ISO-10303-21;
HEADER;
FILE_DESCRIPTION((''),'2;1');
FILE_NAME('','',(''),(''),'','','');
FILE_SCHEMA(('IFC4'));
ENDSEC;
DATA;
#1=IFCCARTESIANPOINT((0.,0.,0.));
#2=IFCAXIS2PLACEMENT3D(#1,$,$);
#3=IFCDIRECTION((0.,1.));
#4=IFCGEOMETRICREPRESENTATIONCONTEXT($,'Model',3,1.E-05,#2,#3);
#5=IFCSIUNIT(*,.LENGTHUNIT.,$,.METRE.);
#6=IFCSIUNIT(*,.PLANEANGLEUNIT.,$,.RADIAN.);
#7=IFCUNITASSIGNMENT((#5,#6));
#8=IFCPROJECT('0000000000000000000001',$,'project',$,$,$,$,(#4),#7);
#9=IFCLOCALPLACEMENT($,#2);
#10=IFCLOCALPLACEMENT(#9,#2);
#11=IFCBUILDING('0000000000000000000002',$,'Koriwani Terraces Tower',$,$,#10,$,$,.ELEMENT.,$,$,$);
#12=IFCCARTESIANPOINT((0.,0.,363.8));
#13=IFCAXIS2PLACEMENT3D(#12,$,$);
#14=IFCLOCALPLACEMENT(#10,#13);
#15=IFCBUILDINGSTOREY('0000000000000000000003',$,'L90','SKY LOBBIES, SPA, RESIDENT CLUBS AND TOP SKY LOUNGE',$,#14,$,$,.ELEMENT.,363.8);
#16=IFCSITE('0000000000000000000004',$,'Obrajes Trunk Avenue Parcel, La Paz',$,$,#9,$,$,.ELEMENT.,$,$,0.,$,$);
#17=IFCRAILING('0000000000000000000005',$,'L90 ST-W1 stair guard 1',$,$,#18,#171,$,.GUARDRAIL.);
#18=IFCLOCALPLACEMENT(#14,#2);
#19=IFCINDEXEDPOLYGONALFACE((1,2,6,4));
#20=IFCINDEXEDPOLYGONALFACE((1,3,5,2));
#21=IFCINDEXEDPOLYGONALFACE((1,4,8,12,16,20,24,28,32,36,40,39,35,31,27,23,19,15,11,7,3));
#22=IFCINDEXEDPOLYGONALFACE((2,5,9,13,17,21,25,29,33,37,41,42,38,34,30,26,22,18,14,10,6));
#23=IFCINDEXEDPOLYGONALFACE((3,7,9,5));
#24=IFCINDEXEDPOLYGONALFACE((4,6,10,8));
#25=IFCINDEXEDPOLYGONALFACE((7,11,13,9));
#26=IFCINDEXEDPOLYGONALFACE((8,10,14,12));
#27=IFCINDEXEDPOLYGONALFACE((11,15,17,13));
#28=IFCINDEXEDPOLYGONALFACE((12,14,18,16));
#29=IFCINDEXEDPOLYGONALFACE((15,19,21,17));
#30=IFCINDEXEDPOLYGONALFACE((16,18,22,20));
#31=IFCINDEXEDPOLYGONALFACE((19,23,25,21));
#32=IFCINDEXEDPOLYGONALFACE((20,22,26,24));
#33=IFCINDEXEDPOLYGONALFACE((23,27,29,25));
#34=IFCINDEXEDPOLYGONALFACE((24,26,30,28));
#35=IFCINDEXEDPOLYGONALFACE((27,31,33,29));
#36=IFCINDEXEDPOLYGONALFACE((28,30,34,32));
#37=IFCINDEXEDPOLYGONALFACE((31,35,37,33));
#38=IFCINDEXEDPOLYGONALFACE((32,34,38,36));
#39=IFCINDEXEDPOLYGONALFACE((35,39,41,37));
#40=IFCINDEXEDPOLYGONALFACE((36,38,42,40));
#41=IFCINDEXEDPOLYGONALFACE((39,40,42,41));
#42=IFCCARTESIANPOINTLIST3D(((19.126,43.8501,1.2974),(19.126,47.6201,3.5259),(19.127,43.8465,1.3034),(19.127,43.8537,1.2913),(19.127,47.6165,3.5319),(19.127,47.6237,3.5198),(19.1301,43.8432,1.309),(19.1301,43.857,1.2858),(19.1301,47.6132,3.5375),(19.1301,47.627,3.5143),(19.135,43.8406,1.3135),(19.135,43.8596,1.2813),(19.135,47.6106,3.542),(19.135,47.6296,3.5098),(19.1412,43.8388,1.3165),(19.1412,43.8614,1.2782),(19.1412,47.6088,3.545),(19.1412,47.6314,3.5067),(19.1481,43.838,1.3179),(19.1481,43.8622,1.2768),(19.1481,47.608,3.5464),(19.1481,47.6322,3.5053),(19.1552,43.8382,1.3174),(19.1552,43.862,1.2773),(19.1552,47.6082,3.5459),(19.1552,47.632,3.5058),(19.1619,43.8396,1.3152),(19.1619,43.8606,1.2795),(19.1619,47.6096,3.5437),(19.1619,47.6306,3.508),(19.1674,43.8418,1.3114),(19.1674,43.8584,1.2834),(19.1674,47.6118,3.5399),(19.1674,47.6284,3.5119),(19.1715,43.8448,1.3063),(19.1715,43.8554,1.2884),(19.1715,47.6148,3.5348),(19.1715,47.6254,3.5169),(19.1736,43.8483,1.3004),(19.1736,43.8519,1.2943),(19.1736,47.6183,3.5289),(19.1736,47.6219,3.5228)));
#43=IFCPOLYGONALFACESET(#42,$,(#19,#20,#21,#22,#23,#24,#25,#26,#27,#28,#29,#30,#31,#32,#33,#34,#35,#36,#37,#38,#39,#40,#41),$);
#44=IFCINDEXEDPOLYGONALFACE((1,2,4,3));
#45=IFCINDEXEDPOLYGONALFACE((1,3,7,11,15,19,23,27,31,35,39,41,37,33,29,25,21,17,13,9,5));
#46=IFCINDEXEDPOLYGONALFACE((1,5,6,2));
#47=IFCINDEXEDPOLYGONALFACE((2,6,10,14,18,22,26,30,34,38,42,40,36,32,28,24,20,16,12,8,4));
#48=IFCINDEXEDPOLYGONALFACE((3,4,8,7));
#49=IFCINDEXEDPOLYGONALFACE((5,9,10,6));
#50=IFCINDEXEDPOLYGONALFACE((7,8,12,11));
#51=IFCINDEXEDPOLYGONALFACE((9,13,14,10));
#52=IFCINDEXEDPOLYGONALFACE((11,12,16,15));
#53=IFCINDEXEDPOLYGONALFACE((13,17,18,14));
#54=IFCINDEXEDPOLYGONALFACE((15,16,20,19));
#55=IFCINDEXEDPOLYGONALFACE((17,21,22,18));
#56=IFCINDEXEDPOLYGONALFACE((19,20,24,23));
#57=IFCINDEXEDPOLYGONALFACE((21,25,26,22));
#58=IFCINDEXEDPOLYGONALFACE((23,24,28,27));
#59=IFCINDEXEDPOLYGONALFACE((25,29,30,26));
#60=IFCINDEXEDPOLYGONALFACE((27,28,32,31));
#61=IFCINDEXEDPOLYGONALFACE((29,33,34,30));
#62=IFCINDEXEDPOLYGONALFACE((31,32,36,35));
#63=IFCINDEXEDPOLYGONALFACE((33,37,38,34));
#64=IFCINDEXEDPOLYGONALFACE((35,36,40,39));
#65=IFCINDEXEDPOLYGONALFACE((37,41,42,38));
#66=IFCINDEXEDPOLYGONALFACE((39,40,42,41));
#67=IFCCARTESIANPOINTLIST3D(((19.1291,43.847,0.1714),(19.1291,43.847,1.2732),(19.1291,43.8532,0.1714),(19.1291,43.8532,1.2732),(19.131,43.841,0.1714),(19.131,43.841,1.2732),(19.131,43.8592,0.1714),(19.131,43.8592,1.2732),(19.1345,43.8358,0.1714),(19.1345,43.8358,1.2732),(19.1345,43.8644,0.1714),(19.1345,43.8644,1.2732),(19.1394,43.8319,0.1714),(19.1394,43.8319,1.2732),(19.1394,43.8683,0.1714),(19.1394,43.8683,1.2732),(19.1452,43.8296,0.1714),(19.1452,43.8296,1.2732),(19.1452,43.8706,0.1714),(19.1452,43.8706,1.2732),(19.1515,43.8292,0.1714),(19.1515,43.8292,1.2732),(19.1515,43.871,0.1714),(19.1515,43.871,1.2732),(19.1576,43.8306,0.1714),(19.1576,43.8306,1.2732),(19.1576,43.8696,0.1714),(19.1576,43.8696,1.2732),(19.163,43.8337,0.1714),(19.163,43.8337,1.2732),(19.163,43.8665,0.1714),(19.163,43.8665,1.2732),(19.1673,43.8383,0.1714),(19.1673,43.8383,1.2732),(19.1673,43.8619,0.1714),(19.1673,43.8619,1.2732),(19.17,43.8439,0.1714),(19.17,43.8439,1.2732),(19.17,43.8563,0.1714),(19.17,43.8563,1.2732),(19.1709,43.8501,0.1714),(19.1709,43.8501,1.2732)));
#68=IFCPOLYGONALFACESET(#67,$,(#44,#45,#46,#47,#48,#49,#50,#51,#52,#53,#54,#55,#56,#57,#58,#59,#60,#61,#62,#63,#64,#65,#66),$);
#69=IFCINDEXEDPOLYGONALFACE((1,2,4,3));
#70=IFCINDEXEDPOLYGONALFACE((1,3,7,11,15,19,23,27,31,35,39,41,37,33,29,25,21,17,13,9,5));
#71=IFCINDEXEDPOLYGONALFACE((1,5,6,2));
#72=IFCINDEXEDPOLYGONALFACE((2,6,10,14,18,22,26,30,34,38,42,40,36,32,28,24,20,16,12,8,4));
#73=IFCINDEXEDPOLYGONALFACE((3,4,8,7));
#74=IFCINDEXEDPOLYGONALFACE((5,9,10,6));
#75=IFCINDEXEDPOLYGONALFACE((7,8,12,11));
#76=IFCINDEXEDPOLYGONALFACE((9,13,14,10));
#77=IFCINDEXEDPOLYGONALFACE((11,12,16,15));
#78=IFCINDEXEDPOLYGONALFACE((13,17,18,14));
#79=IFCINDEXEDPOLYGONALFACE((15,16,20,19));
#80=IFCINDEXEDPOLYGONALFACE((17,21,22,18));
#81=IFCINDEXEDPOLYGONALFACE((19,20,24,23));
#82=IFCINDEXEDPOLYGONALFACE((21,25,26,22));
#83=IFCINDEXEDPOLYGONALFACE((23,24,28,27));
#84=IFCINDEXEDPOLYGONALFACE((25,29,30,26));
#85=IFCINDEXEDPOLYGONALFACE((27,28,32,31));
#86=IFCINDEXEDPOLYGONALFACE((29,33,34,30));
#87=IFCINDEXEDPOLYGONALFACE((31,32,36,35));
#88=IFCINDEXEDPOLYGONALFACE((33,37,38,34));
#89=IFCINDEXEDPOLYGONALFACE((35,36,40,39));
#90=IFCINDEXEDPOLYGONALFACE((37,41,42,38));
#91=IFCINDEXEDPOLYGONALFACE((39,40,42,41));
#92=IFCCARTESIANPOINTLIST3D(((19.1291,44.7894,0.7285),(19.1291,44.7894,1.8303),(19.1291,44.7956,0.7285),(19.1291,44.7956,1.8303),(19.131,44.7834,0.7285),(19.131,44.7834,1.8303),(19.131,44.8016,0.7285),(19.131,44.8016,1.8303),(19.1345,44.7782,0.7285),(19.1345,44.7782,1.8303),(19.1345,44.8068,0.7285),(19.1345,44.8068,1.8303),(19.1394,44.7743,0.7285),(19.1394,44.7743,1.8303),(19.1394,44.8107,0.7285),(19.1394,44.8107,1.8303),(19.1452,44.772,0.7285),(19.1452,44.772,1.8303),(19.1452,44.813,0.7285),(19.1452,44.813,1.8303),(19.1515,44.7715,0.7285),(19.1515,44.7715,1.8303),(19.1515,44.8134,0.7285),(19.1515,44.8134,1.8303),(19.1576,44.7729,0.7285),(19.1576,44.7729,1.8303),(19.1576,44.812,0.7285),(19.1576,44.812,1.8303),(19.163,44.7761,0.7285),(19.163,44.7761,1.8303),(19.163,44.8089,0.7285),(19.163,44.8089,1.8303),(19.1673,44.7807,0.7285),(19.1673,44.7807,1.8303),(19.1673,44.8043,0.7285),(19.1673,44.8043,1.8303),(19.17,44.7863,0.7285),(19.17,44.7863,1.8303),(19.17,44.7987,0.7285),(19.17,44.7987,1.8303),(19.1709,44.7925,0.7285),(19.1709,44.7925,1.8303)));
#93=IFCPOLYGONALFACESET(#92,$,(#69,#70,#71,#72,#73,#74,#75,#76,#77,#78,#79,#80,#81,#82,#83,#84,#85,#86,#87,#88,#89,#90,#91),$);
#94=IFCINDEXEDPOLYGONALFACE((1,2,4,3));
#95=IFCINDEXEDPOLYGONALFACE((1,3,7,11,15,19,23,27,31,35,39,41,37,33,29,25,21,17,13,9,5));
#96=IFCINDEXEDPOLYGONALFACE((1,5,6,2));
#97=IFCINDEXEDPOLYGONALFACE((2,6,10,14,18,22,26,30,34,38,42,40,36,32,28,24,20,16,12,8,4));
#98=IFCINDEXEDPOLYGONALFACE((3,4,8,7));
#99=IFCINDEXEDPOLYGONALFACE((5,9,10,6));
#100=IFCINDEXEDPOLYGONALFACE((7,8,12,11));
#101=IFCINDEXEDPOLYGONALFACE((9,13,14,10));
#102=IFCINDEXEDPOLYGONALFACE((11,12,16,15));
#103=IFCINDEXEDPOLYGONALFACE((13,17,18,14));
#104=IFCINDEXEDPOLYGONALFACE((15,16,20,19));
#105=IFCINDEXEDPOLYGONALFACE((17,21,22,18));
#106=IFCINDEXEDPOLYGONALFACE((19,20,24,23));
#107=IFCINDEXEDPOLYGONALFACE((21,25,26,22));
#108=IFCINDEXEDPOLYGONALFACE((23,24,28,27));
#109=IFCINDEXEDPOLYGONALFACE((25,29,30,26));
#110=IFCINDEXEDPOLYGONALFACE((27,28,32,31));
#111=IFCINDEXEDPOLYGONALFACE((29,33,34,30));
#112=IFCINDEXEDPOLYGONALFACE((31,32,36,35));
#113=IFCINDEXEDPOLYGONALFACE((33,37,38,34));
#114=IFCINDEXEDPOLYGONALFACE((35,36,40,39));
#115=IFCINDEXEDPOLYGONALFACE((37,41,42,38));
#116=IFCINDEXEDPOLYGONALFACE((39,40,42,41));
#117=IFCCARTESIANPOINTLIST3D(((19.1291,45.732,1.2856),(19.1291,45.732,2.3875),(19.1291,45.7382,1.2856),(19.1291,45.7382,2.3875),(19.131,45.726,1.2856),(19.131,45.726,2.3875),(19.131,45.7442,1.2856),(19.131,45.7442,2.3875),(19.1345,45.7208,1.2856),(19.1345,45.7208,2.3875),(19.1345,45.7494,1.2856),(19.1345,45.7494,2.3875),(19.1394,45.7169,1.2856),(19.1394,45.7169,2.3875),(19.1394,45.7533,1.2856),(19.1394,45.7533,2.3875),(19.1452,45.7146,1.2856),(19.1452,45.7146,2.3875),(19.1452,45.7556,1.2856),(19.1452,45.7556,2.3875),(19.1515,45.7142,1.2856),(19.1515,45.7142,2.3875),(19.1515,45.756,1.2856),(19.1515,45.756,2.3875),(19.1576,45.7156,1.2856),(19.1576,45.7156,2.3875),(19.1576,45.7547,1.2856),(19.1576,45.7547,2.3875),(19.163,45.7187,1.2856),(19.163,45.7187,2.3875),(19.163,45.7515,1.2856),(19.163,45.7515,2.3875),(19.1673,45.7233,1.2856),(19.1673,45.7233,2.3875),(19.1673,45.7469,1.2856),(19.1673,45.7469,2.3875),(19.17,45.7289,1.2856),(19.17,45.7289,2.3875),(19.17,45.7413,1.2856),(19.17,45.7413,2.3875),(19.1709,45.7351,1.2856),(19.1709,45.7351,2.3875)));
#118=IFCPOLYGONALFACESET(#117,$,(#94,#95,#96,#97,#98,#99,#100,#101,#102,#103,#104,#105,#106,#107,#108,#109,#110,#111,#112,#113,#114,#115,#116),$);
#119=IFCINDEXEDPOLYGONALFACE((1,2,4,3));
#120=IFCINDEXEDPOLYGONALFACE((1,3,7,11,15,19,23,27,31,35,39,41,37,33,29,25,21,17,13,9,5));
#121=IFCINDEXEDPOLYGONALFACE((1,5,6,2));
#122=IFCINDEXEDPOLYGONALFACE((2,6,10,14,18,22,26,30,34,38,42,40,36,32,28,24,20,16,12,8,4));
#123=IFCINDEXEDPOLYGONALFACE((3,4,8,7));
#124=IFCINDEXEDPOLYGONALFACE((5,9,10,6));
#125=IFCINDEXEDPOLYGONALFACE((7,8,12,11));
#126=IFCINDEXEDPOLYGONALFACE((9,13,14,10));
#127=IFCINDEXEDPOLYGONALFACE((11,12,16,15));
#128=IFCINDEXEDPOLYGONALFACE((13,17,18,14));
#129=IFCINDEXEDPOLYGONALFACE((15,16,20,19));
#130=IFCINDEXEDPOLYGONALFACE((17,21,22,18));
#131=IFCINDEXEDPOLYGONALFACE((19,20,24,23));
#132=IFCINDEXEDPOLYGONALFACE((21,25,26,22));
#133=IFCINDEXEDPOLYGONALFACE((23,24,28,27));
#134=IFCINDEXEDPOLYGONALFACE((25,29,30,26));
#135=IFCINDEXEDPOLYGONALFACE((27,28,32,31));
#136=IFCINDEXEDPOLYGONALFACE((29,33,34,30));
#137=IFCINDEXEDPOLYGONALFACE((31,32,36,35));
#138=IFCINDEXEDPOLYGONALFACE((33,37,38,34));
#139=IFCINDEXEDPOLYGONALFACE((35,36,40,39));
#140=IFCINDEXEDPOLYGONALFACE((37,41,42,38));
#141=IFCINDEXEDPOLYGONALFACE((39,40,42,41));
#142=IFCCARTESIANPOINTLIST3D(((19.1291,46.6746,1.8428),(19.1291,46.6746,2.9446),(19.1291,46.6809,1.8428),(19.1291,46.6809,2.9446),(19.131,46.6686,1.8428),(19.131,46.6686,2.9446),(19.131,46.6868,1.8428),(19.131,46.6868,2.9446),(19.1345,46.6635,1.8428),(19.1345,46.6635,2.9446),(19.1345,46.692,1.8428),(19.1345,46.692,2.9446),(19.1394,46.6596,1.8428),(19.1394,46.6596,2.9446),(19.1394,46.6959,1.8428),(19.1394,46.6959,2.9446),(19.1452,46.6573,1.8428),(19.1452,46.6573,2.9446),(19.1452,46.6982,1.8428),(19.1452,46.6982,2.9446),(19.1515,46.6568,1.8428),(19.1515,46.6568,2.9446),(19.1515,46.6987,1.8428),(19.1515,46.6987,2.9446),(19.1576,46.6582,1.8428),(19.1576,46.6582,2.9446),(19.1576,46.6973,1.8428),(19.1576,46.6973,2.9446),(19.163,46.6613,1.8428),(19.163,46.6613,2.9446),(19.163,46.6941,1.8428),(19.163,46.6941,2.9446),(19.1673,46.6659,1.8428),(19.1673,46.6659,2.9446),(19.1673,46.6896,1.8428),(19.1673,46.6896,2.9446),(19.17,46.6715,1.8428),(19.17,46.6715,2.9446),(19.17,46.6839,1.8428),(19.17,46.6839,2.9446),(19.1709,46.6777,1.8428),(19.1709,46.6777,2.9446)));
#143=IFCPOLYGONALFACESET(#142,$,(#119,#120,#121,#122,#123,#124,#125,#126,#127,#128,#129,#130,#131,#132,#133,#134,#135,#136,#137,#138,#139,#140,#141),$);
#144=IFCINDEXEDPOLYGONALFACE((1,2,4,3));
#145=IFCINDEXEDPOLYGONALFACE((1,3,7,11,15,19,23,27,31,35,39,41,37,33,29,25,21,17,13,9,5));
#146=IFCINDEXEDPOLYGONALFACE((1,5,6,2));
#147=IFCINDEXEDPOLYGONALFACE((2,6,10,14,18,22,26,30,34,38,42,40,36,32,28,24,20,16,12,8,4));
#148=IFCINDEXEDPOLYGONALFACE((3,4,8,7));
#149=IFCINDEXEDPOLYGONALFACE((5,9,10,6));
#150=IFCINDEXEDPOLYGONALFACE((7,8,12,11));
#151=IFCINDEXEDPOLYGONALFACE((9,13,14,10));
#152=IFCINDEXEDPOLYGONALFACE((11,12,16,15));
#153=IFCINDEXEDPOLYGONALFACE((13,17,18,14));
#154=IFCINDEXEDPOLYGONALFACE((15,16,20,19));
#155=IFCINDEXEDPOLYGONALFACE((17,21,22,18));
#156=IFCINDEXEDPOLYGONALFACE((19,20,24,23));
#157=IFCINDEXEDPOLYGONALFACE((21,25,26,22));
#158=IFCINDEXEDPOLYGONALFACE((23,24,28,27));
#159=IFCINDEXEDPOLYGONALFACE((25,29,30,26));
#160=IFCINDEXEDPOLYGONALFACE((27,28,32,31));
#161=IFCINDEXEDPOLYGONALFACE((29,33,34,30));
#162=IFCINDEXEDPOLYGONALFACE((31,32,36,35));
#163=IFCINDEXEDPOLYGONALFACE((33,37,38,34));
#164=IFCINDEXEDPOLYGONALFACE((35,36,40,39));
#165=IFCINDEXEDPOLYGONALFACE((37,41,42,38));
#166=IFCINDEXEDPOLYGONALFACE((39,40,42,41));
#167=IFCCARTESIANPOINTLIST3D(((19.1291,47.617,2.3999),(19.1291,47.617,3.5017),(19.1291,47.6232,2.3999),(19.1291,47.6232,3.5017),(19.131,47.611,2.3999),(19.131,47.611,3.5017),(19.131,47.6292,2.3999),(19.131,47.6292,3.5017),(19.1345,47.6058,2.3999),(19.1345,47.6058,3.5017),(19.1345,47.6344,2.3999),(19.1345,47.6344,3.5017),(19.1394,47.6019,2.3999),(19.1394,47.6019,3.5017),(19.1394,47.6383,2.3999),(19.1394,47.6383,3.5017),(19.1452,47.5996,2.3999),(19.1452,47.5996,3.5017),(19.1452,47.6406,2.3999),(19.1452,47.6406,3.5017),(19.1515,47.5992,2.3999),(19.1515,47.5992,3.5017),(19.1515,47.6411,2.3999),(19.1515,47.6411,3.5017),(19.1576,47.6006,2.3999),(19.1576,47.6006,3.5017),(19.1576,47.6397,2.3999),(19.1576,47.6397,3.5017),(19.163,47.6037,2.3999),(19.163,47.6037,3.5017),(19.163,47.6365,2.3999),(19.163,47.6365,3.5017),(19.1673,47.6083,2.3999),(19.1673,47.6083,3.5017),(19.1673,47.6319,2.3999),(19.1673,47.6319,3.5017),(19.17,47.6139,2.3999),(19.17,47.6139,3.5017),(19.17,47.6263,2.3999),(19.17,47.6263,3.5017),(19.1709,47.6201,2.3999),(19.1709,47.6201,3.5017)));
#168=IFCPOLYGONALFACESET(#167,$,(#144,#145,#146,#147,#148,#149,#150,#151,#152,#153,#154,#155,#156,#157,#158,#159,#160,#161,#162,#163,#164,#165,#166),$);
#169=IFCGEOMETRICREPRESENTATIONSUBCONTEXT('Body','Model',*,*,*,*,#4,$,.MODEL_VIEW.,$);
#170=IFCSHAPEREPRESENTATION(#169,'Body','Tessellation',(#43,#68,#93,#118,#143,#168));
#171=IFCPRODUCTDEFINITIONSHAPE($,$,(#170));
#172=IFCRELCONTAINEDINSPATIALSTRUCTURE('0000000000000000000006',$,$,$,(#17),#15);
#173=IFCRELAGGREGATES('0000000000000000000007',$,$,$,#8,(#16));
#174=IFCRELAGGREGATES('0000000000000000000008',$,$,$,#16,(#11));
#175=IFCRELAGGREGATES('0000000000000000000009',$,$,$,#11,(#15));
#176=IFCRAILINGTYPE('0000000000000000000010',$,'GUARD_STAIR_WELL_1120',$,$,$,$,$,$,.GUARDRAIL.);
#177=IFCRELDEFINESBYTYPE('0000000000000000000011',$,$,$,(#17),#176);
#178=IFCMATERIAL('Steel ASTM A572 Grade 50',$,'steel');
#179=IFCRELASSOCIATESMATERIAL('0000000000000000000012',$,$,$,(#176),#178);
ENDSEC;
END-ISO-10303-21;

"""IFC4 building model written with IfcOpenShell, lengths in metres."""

from ifc_helpers import new_model, si_unit, direction, frame, origin, origin_2d, place, context, subcontext, project, spatial, circle, extrude, material, type_object, element, save


model = new_model("IFC4")

# Units and contexts
model_context = context("Model", 3, precision=1e-05, world=origin(), true_north=direction((0.0, 1.0)))
body_context = subcontext(model_context, "Body", "Model", "MODEL_VIEW")
ifc_project = project(units=[si_unit("LENGTHUNIT", "METRE"), si_unit("PLANEANGLEUNIT", "RADIAN")], contexts=[model_context])

# Site, building, storey
site_placement = place(None, origin())
site = spatial("IfcSite", under=ifc_project, at=site_placement, Name="Obrajes Trunk Avenue Parcel, La Paz", CompositionType="ELEMENT", RefElevation=0.0)
building_placement = place(site_placement, origin())
building = spatial("IfcBuilding", under=site, at=building_placement, Name="Koriwani Terraces Tower", CompositionType="ELEMENT")
storey_placement = place(building_placement, frame((0.0, 0.0, 363.8)))
storey = spatial("IfcBuildingStorey", under=building, at=storey_placement, Name="L90", Description="SKY LOBBIES, SPA, RESIDENT CLUBS AND TOP SKY LOUNGE", CompositionType="ELEMENT", Elevation=363.8)

# Shared definitions
ifc_material_1 = material(Name="Steel ASTM A572 Grade 50", Category="steel")

# Railing
railing_type = type_object("IfcRailingType", Name="GUARD_STAIR_WELL_1120", PredefinedType="GUARDRAIL", material=ifc_material_1)
railing_1_placement = place(storey_placement, frame((19.1499, 43.8501, 0.1714)))
element("IfcRailing", 1, at=railing_1_placement, inside=storey, type_object=railing_type, Name="L90 ST-W1 stair guard 1", PredefinedType="GUARDRAIL", context=body_context, shape_type="SweptSolid", body=[
    extrude(circle(Radius=0.0239, at=origin_2d()), frame((0.0, 0.0, 1.126), z_axis=(0.0, 0.860849, 0.508861), x_axis=(-1.0, 0.0, 0.0)), (0.0, 0.0, 1.0), 4.3794),
    extrude(circle(Radius=0.021, at=origin_2d()), origin(), (0.0, 0.0, 1.0), 1.1018),
    extrude(circle(Radius=0.021, at=origin_2d()), frame((0.0, 0.9424, 0.5571)), (0.0, 0.0, 1.0), 1.1018),
    extrude(circle(Radius=0.021, at=origin_2d()), frame((0.0, 1.885, 1.1143)), (0.0, 0.0, 1.0), 1.1018),
    extrude(circle(Radius=0.021, at=origin_2d()), frame((0.0, 2.8276, 1.6714)), (0.0, 0.0, 1.0), 1.1018),
    extrude(circle(Radius=0.021, at=origin_2d()), frame((0.0, 3.77, 2.2285)), (0.0, 0.0, 1.0), 1.1018),
])

save(model, "model.ifc")
